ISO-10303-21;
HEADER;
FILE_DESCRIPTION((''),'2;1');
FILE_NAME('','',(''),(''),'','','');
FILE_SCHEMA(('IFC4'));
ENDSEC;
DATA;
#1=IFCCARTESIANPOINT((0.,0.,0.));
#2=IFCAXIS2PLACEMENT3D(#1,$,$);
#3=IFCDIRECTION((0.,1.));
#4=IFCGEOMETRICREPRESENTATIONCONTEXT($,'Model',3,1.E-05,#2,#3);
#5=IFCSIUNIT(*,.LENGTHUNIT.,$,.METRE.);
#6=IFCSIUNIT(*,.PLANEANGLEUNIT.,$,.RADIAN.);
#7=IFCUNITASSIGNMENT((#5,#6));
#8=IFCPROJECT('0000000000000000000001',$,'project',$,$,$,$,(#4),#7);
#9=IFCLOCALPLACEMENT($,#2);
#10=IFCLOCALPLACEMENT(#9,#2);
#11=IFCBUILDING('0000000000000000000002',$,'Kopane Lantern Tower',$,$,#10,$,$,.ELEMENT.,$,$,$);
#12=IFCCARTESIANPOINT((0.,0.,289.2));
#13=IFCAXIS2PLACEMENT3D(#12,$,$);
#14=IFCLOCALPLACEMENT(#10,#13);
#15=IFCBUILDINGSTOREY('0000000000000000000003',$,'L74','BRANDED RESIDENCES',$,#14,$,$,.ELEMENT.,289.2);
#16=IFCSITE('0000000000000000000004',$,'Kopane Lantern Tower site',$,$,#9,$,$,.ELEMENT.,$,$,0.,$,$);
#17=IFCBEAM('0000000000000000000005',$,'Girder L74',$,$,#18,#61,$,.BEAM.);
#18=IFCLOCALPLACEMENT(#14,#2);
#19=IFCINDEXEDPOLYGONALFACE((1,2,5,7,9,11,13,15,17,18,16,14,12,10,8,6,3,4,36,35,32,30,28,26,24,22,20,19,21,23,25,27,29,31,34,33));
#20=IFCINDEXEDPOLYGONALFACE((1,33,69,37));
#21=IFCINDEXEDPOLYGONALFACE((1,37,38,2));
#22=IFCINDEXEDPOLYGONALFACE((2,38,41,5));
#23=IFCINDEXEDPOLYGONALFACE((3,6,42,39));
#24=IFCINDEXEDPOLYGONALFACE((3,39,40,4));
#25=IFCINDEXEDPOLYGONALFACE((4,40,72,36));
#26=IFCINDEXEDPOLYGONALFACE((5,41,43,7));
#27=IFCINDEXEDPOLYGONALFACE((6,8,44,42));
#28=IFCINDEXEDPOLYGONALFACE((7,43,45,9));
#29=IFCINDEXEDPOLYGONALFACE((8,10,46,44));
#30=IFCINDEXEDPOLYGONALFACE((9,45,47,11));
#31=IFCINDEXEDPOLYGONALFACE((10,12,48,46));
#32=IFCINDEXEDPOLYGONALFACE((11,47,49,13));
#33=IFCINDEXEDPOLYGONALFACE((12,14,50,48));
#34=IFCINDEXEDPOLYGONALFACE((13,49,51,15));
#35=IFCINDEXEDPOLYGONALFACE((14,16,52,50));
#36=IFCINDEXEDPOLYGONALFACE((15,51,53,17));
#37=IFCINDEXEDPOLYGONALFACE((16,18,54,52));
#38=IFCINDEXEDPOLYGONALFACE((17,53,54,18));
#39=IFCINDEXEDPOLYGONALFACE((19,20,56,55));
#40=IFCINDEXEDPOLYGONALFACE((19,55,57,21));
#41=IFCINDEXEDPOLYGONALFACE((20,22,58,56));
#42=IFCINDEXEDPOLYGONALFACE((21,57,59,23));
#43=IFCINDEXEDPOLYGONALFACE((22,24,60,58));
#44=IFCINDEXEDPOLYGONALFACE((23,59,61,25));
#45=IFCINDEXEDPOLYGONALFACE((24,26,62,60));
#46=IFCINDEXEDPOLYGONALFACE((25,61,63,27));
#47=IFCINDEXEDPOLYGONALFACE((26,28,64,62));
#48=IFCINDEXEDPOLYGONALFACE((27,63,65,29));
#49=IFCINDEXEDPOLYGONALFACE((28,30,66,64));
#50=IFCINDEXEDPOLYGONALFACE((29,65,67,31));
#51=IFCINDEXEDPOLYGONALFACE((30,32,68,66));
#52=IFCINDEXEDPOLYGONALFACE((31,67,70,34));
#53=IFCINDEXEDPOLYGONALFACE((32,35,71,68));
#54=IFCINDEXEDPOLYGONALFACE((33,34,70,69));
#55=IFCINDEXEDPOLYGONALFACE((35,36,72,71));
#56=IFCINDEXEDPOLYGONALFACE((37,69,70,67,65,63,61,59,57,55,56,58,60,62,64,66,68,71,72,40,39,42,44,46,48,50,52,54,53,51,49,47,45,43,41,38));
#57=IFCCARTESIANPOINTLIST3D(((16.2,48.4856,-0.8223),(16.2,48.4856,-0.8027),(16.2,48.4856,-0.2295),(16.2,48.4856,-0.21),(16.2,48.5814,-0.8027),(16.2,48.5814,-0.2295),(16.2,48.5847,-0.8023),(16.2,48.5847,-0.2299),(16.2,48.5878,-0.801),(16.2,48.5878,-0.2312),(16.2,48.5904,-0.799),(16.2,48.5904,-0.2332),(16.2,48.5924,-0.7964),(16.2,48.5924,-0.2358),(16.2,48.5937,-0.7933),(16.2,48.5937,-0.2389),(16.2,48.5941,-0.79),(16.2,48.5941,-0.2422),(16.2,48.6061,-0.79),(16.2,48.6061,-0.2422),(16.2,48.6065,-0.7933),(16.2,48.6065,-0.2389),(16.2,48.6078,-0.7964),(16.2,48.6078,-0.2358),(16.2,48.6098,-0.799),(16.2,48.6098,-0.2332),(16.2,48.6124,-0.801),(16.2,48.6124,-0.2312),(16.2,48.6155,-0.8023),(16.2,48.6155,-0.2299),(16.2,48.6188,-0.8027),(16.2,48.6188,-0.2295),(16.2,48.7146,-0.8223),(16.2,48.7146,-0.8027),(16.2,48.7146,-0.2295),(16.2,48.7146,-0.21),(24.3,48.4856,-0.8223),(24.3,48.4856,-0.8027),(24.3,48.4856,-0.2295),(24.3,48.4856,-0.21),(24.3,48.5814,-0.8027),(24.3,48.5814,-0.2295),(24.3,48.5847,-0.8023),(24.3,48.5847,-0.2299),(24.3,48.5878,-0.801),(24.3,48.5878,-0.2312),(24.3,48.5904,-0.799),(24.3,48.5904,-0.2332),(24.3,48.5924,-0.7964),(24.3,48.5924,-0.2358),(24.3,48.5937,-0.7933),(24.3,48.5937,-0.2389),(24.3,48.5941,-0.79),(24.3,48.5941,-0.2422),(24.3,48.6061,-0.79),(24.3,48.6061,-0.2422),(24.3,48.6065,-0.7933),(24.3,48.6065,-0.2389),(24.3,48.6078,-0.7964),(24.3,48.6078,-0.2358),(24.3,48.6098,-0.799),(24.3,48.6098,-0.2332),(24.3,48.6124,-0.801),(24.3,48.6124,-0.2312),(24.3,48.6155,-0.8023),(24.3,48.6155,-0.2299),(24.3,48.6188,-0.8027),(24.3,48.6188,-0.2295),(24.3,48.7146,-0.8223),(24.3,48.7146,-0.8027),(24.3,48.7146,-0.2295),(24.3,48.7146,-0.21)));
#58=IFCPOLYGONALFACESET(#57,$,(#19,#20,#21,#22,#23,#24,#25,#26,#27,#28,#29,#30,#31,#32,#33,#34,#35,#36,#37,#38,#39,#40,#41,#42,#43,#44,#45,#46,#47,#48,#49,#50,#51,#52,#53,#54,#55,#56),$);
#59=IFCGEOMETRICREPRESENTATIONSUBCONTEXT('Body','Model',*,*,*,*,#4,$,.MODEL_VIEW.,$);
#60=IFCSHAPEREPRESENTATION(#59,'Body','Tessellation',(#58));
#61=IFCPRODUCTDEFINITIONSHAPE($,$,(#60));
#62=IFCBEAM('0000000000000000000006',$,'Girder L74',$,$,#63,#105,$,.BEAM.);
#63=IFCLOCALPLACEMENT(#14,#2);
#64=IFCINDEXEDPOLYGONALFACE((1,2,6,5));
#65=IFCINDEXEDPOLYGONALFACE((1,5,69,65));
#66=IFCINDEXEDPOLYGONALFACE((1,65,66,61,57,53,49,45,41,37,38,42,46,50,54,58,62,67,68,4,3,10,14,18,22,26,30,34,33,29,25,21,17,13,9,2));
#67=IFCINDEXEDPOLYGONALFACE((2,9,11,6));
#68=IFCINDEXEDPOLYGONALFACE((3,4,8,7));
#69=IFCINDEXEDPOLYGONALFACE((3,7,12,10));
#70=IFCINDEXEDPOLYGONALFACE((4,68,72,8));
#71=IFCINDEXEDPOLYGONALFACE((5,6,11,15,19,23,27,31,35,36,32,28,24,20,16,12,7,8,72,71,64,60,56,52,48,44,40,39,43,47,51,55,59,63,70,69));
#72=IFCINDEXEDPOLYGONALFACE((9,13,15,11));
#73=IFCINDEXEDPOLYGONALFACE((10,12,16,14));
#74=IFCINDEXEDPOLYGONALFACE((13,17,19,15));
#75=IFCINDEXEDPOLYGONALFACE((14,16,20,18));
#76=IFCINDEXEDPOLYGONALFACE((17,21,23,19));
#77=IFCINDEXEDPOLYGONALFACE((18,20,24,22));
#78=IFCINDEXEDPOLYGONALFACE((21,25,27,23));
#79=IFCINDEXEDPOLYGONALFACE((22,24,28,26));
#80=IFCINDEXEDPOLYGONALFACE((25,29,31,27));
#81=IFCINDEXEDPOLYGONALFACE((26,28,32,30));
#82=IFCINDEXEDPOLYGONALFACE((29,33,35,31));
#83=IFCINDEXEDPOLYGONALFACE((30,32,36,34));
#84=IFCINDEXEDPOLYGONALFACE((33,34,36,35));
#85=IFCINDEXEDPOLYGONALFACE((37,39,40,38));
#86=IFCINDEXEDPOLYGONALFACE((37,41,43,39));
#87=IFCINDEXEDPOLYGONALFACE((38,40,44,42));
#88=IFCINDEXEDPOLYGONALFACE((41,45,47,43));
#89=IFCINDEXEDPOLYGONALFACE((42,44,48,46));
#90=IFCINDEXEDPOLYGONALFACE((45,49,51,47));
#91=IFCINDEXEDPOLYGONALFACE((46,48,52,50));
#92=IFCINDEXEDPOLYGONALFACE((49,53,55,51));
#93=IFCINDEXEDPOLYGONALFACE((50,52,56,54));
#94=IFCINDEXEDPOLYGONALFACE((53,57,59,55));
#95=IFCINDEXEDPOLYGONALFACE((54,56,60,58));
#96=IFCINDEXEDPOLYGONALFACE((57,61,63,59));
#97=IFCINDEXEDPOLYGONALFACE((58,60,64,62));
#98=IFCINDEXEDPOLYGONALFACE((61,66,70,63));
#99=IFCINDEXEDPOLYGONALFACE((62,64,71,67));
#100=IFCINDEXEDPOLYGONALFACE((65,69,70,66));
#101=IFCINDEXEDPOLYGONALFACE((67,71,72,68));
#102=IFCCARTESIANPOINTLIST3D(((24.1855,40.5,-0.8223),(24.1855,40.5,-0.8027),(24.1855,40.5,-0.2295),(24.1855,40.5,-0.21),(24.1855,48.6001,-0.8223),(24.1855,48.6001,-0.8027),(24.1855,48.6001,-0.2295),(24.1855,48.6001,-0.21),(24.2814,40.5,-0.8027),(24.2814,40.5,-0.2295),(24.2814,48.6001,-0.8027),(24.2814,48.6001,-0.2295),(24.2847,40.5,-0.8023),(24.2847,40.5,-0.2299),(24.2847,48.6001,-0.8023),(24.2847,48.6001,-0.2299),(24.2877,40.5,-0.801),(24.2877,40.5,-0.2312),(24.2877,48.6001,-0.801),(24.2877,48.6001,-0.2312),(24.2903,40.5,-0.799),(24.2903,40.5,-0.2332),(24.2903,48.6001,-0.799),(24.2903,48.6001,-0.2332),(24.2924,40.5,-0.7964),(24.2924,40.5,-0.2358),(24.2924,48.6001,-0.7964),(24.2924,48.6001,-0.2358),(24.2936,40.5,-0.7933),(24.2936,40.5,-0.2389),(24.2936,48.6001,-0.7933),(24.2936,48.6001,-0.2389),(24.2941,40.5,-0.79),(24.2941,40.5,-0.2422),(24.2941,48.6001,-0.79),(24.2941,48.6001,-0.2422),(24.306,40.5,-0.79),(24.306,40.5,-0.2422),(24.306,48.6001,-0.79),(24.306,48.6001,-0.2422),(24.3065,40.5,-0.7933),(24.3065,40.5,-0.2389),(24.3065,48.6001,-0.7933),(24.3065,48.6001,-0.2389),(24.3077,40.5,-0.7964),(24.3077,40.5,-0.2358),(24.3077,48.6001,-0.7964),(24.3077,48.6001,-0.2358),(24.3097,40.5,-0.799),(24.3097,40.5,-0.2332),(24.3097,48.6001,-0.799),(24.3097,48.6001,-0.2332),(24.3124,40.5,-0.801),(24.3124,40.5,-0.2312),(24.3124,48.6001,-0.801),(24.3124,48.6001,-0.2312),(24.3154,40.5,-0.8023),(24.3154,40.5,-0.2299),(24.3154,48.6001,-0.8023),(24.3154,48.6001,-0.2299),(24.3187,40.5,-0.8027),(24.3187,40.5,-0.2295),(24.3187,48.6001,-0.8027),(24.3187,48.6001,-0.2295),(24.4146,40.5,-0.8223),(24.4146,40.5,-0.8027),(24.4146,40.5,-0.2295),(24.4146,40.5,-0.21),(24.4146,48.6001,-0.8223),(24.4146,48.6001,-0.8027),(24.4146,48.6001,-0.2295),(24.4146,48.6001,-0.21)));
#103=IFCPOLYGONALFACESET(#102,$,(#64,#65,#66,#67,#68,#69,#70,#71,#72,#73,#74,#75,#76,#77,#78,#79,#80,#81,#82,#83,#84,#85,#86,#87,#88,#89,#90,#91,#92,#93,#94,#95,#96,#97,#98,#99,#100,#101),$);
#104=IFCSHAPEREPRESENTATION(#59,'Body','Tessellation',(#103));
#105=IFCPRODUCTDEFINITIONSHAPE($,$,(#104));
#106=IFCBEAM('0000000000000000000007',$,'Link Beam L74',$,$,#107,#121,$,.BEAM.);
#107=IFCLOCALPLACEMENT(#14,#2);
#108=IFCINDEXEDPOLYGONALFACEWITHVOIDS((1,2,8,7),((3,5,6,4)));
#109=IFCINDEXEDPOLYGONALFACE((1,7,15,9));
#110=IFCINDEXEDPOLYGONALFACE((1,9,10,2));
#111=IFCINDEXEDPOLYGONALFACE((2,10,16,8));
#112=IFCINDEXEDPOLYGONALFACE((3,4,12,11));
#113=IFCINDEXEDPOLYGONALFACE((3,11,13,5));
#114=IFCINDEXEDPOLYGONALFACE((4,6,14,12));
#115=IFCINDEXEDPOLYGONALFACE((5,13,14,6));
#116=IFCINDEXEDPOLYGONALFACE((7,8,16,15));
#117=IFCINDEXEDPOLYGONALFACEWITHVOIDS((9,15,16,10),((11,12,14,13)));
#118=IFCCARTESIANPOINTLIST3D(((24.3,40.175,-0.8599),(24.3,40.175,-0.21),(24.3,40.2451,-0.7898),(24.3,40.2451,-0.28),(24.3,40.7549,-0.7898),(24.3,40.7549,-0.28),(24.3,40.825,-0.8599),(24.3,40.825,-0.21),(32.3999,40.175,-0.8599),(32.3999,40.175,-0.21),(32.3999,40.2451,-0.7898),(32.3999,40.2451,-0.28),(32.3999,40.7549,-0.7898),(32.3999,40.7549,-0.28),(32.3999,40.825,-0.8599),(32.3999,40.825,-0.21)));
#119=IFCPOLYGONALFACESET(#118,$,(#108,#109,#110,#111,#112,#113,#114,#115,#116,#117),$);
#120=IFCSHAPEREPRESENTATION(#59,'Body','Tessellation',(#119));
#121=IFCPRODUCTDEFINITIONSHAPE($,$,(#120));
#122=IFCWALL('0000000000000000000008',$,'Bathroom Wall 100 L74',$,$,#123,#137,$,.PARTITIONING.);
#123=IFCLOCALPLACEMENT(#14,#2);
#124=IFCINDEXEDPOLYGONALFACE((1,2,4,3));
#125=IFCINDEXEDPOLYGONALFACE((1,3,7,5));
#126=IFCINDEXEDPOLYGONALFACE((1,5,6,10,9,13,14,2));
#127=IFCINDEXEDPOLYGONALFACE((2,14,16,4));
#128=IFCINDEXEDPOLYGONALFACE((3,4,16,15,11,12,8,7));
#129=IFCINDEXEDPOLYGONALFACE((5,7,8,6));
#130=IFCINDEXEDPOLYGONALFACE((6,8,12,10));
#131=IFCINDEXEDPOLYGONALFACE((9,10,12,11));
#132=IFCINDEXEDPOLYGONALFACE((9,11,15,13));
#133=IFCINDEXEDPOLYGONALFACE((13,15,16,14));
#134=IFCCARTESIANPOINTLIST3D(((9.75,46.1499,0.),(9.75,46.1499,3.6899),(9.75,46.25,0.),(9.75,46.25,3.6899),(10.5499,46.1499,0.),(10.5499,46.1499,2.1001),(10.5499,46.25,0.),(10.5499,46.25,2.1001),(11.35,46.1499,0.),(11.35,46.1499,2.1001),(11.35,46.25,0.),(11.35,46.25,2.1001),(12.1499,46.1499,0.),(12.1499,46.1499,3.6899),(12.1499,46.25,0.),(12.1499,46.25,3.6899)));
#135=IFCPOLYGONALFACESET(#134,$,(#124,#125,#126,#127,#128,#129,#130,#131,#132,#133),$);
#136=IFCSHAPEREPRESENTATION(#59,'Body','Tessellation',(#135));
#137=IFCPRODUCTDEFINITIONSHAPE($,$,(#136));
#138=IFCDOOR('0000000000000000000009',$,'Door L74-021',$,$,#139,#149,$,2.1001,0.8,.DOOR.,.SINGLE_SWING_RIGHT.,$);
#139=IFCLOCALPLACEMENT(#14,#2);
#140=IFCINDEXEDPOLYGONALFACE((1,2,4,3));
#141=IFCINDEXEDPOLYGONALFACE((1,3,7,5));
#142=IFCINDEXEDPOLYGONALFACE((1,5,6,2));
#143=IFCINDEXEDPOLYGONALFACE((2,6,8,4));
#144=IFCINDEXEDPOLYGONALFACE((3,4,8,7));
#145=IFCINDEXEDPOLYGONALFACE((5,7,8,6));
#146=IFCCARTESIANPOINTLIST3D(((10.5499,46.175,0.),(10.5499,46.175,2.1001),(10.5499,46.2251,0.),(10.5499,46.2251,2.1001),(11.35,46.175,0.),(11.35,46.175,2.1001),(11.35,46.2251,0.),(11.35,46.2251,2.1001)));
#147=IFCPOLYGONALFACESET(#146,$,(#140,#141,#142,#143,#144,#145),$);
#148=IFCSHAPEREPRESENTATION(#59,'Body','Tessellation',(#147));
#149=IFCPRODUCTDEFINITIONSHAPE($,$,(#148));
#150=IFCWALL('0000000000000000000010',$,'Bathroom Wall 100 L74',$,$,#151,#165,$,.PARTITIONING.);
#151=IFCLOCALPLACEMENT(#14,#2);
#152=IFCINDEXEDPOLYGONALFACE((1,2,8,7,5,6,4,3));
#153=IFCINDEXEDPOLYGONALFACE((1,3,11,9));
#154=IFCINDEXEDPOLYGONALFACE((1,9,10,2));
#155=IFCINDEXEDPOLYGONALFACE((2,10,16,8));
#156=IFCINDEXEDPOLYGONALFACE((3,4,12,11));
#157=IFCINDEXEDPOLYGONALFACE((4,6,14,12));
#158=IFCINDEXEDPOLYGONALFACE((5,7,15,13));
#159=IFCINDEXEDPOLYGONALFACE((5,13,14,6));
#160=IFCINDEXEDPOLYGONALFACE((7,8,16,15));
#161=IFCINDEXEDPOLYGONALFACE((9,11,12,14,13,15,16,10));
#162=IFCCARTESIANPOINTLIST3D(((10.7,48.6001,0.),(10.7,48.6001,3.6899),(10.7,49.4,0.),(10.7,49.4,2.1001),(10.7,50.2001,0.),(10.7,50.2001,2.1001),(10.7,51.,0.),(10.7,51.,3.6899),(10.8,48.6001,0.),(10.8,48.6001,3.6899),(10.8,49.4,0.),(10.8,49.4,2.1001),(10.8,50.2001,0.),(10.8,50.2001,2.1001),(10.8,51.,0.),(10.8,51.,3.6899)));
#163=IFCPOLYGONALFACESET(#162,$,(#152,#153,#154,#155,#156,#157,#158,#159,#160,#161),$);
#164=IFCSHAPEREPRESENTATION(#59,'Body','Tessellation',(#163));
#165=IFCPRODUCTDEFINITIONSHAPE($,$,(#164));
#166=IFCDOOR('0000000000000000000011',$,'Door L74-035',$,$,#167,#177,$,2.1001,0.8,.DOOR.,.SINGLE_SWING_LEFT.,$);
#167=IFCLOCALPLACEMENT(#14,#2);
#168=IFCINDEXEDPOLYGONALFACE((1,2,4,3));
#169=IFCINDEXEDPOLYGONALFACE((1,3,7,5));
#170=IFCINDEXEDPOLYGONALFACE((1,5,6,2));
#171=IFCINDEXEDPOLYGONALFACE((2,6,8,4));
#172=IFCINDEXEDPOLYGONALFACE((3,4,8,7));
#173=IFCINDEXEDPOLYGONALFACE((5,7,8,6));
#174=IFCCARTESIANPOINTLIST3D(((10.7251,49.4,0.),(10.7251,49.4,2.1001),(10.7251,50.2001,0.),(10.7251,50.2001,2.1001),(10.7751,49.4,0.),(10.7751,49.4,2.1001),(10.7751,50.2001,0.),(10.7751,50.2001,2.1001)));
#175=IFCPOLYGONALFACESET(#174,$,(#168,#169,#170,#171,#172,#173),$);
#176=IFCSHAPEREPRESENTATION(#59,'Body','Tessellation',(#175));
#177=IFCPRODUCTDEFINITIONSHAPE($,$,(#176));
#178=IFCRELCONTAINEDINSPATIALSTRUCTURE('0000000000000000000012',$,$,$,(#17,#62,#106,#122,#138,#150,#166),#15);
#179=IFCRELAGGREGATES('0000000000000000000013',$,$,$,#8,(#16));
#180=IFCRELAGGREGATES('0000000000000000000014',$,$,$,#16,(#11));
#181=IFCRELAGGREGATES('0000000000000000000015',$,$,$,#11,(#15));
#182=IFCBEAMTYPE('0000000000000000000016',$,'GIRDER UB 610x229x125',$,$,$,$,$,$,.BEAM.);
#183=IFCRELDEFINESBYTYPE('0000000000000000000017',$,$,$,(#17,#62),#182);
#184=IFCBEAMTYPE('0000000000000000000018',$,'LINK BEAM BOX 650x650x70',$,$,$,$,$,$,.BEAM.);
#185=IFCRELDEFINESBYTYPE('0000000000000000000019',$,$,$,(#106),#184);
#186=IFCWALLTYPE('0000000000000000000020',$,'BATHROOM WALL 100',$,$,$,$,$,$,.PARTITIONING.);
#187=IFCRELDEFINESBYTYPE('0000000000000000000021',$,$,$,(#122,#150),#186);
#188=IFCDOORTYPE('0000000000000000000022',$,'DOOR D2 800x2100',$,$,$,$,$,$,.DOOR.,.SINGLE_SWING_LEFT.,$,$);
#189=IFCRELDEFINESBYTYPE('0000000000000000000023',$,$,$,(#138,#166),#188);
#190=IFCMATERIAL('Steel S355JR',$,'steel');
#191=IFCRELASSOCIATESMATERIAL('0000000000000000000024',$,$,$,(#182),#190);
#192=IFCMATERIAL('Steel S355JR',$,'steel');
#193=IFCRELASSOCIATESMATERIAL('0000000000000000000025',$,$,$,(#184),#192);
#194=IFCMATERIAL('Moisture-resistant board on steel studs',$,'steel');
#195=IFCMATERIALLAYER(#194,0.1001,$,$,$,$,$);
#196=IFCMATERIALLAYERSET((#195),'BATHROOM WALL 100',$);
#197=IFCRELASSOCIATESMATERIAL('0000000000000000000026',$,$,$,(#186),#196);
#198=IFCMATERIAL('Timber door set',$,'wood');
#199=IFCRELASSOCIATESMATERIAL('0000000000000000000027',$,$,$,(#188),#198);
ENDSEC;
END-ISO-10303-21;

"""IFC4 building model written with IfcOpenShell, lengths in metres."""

from ifc_helpers import new_model, si_unit, direction, frame, frame_2d, origin, origin_2d, place, context, subcontext, project, spatial, rectangle, hollow_rectangle, i_section, extrude, material, layer, layer_set, material_profile, profile_set, type_object, element, fill, save


model = new_model("IFC4")

# Units and contexts
model_context = context("Model", 3, precision=1e-05, world=origin(), true_north=direction((0.0, 1.0)))
body_context = subcontext(model_context, "Body", "Model", "MODEL_VIEW")
ifc_project = project(units=[si_unit("LENGTHUNIT", "METRE"), si_unit("PLANEANGLEUNIT", "RADIAN")], contexts=[model_context])

# Site, building, storey
site_placement = place(None, origin())
site = spatial("IfcSite", under=ifc_project, at=site_placement, Name="Kopane Lantern Tower site", CompositionType="ELEMENT", RefElevation=0.0)
building_placement = place(site_placement, origin())
building = spatial("IfcBuilding", under=site, at=building_placement, Name="Kopane Lantern Tower", CompositionType="ELEMENT")
storey_placement = place(building_placement, frame((0.0, 0.0, 289.2)))
storey = spatial("IfcBuildingStorey", under=building, at=storey_placement, Name="L74", Description="BRANDED RESIDENCES", CompositionType="ELEMENT", Elevation=289.2)

# Beams
ifc_material_1 = material(Name="Steel S355JR", Category="steel")
ifc_material_profile_1 = material_profile(ifc_material_1, i_section(OverallWidth=0.229, OverallDepth=0.6123, WebThickness=0.012, FlangeThickness=0.0195, FilletRadius=0.0127, at=origin_2d()), Name="UB 610x229x125")
ifc_profile_set_1 = profile_set([ifc_material_profile_1], Name="Steel S355JR")
beam_type_1 = type_object("IfcBeamType", Name="GIRDER UB 610x229x125", PredefinedType="BEAM", material=ifc_profile_set_1)
for number, where, z_axis, x_axis, name in (
    (1, (16.2, 48.6001, -0.5161), (1.0, 0.0, 0.0), (0.0, 1.0, 0.0), "Girder L74"),
    (2, (24.3, 40.5, -0.5161), (0.0, 1.0, 0.0), (-1.0, 0.0, 0.0), "Girder L74"),
):
    element("IfcBeam", number, at=place(storey_placement, frame(where, z_axis=z_axis, x_axis=x_axis)), inside=storey, type_object=beam_type_1, Name=name, PredefinedType="BEAM", context=body_context, shape_type="SweptSolid", body=[
        extrude(i_section(OverallWidth=0.229, OverallDepth=0.6123, WebThickness=0.012, FlangeThickness=0.0195, FilletRadius=0.0127, at=origin_2d()), origin(), (0.0, 0.0, 1.0), 8.1001),
    ])
ifc_material_2 = material(Name="Steel S355JR", Category="steel")
ifc_material_profile_2 = material_profile(ifc_material_2, hollow_rectangle(XDim=0.6499, YDim=0.6499, WallThickness=0.0701, at=origin_2d()), Name="BOX 650x650x70")
ifc_profile_set_2 = profile_set([ifc_material_profile_2], Name="Steel S355JR")
beam_type_2 = type_object("IfcBeamType", Name="LINK BEAM BOX 650x650x70", PredefinedType="BEAM", material=ifc_profile_set_2)
beam_1_placement = place(storey_placement, frame((24.3, 40.5, -0.5349), z_axis=(1.0, 0.0, 0.0), x_axis=(0.0, 1.0, 0.0)))
element("IfcBeam", 3, at=beam_1_placement, inside=storey, type_object=beam_type_2, Name="Link Beam L74", PredefinedType="BEAM", context=body_context, shape_type="SweptSolid", body=[
    extrude(hollow_rectangle(XDim=0.6499, YDim=0.6499, WallThickness=0.0701, at=origin_2d()), origin(), (0.0, 0.0, 1.0), 8.0999),
])

# Walls, openings, doors
ifc_material_3 = material(Name="Moisture-resistant board on steel studs", Category="steel")
ifc_layer_1 = layer(ifc_material_3, 0.1001)
ifc_layer_set_1 = layer_set([ifc_layer_1], Name="BATHROOM WALL 100")
wall_type_1 = type_object("IfcWallType", Name="BATHROOM WALL 100", PredefinedType="PARTITIONING", material=ifc_layer_set_1)
wall_1_placement = place(storey_placement, frame((12.1499, 46.2, 0.0), z_axis=(0.0, 0.0, 1.0), x_axis=(-1.0, 0.0, 0.0)))
wall_1 = element("IfcWall", 4, at=wall_1_placement, inside=storey, type_object=wall_type_1, Name="Bathroom Wall 100 L74", PredefinedType="PARTITIONING", context=body_context, shape_type="SweptSolid", body=[
    extrude(rectangle(XDim=2.3999, YDim=0.1001, at=frame_2d((1.2, 0.0))), origin(), (0.0, 0.0, 1.0), 3.6899),
])
opening_1_placement = place(wall_1_placement, frame((0.8, 0.0, 0.0)))
opening_1 = element("IfcOpeningElement", 5, at=opening_1_placement, cuts=wall_1, PredefinedType="OPENING", context=body_context, shape_type="SweptSolid", body=[
    extrude(rectangle(XDim=0.8, YDim=2.1001, at=frame_2d((0.3999, 1.05))), frame((0.0, 0.0601, 0.0), z_axis=(0.0, -1.0, 0.0), x_axis=(1.0, 0.0, 0.0)), (0.0, 0.0, 1.0), 0.1201),
])
ifc_material_4 = material(Name="Timber door set", Category="wood")
door_type_1 = type_object("IfcDoorType", Name="DOOR D2 800x2100", OperationType="SINGLE_SWING_LEFT", PredefinedType="DOOR", material=ifc_material_4)
door_1_placement = place(opening_1_placement, origin())
door_1 = element("IfcDoor", 6, at=door_1_placement, inside=storey, type_object=door_type_1, Name="Door L74-021", OperationType="SINGLE_SWING_RIGHT", OverallHeight=2.1001, OverallWidth=0.8, PredefinedType="DOOR", context=body_context, shape_type="SweptSolid", body=[
    extrude(rectangle(XDim=0.8, YDim=2.1001, at=frame_2d((0.3999, 1.05))), frame((0.0, 0.0249, 0.0), z_axis=(0.0, -1.0, 0.0), x_axis=(1.0, 0.0, 0.0)), (0.0, 0.0, 1.0), 0.05),
])
fill(opening_1, door_1)
wall_2_placement = place(storey_placement, frame((10.75, 48.6001, 0.0), z_axis=(0.0, 0.0, 1.0), x_axis=(0.0, 1.0, 0.0)))
wall_2 = element("IfcWall", 7, at=wall_2_placement, inside=storey, type_object=wall_type_1, Name="Bathroom Wall 100 L74", PredefinedType="PARTITIONING", context=body_context, shape_type="SweptSolid", body=[
    extrude(rectangle(XDim=2.3999, YDim=0.1001, at=frame_2d((1.2, 0.0))), origin(), (0.0, 0.0, 1.0), 3.6899),
])
opening_2_placement = place(wall_2_placement, frame((0.8, 0.0, 0.0)))
opening_2 = element("IfcOpeningElement", 8, at=opening_2_placement, cuts=wall_2, PredefinedType="OPENING", context=body_context, shape_type="SweptSolid", body=[
    extrude(rectangle(XDim=0.8, YDim=2.1001, at=frame_2d((0.3999, 1.05))), frame((0.0, 0.0601, 0.0), z_axis=(0.0, -1.0, 0.0), x_axis=(1.0, 0.0, 0.0)), (0.0, 0.0, 1.0), 0.1201),
])
door_2_placement = place(opening_2_placement, origin())
door_2 = element("IfcDoor", 9, at=door_2_placement, inside=storey, type_object=door_type_1, Name="Door L74-035", OperationType="SINGLE_SWING_LEFT", OverallHeight=2.1001, OverallWidth=0.8, PredefinedType="DOOR", context=body_context, shape_type="SweptSolid", body=[
    extrude(rectangle(XDim=0.8, YDim=2.1001, at=frame_2d((0.3999, 1.05))), frame((0.0, 0.0249, 0.0), z_axis=(0.0, -1.0, 0.0), x_axis=(1.0, 0.0, 0.0)), (0.0, 0.0, 1.0), 0.05),
])
fill(opening_2, door_2)

save(model, "model.ifc")
